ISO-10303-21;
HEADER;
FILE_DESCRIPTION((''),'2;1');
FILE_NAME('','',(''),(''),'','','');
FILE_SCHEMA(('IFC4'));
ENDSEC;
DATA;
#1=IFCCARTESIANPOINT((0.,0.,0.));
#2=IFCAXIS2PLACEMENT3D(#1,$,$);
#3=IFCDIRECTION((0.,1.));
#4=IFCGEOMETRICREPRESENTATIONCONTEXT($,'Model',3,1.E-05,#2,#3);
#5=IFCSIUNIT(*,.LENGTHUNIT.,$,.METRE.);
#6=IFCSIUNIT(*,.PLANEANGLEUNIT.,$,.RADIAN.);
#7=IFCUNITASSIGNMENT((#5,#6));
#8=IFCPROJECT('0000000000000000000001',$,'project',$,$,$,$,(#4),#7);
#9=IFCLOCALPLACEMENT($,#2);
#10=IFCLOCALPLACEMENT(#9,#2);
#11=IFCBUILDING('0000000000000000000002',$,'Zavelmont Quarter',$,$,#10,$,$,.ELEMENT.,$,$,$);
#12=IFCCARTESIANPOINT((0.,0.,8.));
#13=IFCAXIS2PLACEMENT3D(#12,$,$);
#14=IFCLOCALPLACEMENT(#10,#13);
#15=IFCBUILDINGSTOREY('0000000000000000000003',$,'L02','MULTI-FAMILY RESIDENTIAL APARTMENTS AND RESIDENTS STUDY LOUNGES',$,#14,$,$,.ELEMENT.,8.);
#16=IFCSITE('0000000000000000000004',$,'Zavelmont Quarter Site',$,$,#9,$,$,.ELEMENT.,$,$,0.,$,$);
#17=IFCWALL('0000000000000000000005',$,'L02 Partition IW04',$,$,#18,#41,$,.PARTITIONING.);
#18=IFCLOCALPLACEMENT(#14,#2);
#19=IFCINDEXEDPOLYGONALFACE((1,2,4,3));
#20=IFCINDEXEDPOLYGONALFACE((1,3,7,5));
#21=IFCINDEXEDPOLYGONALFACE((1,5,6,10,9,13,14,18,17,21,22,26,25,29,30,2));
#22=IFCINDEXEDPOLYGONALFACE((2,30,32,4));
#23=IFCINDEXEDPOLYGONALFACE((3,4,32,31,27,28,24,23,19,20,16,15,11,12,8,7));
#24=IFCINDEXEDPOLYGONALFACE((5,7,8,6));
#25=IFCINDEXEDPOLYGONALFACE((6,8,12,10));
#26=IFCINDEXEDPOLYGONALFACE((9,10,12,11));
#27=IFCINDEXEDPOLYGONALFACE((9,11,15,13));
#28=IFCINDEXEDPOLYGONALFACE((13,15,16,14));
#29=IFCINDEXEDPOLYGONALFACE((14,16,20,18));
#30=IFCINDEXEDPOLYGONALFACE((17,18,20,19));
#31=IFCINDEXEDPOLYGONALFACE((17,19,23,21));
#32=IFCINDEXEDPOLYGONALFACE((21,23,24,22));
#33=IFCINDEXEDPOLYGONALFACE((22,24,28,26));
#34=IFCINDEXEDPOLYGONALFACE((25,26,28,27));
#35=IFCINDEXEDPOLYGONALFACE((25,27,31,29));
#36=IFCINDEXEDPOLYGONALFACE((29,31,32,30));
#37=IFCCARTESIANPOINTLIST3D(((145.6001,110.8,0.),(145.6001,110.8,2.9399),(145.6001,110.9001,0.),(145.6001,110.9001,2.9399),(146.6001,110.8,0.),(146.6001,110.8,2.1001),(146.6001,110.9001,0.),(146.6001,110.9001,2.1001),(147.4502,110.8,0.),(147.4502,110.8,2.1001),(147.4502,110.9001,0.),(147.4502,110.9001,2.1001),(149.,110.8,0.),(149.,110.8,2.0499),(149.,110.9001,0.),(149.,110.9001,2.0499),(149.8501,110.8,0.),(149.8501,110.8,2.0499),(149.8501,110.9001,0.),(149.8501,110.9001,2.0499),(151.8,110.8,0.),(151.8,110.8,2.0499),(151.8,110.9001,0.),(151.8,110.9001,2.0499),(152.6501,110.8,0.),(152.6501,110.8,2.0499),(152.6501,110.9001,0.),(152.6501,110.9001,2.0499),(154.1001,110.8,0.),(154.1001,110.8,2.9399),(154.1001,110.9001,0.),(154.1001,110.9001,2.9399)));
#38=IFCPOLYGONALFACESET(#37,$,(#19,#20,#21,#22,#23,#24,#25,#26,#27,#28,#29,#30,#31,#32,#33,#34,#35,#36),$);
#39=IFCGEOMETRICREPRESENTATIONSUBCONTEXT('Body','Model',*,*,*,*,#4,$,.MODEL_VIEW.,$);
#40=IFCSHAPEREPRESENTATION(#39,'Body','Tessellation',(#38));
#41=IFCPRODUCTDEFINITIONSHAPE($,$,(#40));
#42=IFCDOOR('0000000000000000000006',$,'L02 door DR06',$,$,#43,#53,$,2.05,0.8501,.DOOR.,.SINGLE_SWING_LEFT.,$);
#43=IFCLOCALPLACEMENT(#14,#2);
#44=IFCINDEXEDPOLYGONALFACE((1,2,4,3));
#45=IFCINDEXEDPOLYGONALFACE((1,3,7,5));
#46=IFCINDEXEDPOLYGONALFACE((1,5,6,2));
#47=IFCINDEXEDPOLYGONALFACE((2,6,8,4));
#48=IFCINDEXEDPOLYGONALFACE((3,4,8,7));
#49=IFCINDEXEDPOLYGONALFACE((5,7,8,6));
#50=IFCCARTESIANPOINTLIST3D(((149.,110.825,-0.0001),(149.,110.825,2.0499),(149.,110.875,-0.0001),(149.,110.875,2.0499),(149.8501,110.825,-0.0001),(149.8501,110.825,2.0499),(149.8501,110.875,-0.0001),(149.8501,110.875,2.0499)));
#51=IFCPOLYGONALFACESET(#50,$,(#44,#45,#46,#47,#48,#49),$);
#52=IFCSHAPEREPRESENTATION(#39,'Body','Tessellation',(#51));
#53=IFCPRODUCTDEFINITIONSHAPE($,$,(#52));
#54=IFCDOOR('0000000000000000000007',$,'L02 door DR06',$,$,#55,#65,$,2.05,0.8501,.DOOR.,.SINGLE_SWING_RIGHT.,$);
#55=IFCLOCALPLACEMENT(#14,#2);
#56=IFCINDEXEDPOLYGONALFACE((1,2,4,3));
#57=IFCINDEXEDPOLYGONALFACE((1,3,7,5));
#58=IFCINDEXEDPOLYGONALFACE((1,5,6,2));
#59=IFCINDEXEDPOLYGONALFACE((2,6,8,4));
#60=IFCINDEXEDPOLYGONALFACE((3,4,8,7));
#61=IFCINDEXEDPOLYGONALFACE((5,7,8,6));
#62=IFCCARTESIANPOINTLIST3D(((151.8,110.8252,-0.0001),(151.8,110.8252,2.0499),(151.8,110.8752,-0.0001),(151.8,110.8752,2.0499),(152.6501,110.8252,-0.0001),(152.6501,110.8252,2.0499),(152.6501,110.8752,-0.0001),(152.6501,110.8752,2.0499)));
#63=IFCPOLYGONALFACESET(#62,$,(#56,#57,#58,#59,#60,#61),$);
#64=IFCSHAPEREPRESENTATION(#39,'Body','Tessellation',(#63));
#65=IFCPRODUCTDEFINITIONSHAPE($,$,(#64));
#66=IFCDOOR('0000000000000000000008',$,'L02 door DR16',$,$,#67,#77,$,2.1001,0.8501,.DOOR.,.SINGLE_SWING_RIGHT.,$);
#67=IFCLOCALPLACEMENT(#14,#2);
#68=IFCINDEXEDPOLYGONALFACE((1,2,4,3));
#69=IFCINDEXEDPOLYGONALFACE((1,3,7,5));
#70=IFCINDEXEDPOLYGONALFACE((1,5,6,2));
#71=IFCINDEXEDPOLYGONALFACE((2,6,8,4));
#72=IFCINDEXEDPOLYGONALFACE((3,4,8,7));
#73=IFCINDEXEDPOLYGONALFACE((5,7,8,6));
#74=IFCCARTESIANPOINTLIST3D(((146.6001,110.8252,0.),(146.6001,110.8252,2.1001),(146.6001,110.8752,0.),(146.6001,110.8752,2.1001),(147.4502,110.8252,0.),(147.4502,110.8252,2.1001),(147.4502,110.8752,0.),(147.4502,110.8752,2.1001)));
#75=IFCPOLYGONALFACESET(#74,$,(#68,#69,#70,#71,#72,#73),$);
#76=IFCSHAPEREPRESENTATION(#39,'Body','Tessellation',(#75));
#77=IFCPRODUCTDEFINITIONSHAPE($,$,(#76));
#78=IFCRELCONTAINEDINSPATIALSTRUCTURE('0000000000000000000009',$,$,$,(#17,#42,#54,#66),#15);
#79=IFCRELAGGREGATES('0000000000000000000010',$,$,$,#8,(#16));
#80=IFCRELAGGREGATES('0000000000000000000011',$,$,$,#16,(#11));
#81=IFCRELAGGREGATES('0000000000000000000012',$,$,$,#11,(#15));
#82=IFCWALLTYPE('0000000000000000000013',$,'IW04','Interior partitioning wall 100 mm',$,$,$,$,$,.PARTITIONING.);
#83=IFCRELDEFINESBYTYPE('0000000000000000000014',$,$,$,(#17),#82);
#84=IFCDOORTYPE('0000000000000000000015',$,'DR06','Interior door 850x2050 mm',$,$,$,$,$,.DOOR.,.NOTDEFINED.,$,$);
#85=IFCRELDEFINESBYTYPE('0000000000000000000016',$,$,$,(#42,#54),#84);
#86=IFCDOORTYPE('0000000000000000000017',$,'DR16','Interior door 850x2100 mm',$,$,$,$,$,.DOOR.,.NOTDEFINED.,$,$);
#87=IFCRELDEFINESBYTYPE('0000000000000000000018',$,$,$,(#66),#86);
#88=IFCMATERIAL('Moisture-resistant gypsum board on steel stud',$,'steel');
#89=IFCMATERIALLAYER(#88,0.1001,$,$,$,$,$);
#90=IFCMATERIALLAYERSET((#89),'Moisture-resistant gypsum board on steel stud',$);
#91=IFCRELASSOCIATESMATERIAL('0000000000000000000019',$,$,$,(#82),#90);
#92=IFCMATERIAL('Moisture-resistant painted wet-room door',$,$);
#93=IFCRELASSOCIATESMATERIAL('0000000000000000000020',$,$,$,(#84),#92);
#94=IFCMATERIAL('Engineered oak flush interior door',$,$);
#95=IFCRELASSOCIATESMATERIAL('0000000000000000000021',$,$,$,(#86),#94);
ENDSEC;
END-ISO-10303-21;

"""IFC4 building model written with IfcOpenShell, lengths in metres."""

from ifc_helpers import new_model, si_unit, direction, frame, frame_2d, origin, origin_with_axes, place, context, subcontext, project, spatial, rectangle, extrude, material, layer, layer_set, type_object, element, fill, save


model = new_model("IFC4")

# Units and contexts
model_context = context("Model", 3, precision=1e-05, world=origin(), true_north=direction((0.0, 1.0)))
body_context = subcontext(model_context, "Body", "Model", "MODEL_VIEW")
ifc_project = project(units=[si_unit("LENGTHUNIT", "METRE"), si_unit("PLANEANGLEUNIT", "RADIAN")], contexts=[model_context])

# Site, building, storey
site_placement = place(None, origin())
site = spatial("IfcSite", under=ifc_project, at=site_placement, Name="Zavelmont Quarter Site", CompositionType="ELEMENT", RefElevation=0.0)
building_placement = place(site_placement, origin())
building = spatial("IfcBuilding", under=site, at=building_placement, Name="Zavelmont Quarter", CompositionType="ELEMENT")
storey_placement = place(building_placement, frame((0.0, 0.0, 8.0)))
storey = spatial("IfcBuildingStorey", under=building, at=storey_placement, Name="L02", Description="MULTI-FAMILY RESIDENTIAL APARTMENTS AND RESIDENTS STUDY LOUNGES", CompositionType="ELEMENT", Elevation=8.0)

# Shared definitions
ifc_material_1 = material(Name="Engineered oak flush interior door")

# Shared definitions
ifc_material_2 = material(Name="Moisture-resistant gypsum board on steel stud", Category="steel")
ifc_layer_1 = layer(ifc_material_2, 0.1001)
ifc_layer_set_1 = layer_set([ifc_layer_1], Name="Moisture-resistant gypsum board on steel stud")
wall_type_1 = type_object("IfcWallType", Name="IW04", Description="Interior partitioning wall 100 mm", PredefinedType="PARTITIONING", material=ifc_layer_set_1)

# Wall, openings, doors
wall_1_placement = place(storey_placement, frame((145.6001, 110.8501, 0.0), z_axis=(0.0, 0.0, 1.0), x_axis=(1.0, 0.0, 0.0)))
wall_1 = element("IfcWall", 1, at=wall_1_placement, inside=storey, type_object=wall_type_1, Name="L02 Partition IW04", PredefinedType="PARTITIONING", context=body_context, shape_type="SweptSolid", body=[
    extrude(rectangle(XDim=8.5, YDim=0.1001, at=frame_2d((4.25, 0.0))), origin(), (0.0, 0.0, 1.0), 2.9399),
])
opening_1_placement = place(wall_1_placement, frame((1.0, 0.0, 0.0)))
opening_1 = element("IfcOpeningElement", 2, at=opening_1_placement, cuts=wall_1, PredefinedType="OPENING", context=body_context, shape_type="SweptSolid", body=[
    extrude(rectangle(XDim=0.8501, YDim=2.1001, at=frame_2d((0.425, 1.05))), frame((0.0, 0.062, 0.0), z_axis=(0.0, -1.0, 0.0), x_axis=(1.0, 0.0, 0.0)), (0.0, 0.0, 1.0), 0.124),
])
opening_2_placement = place(wall_1_placement, frame((3.3999, 0.0, 0.0)))
opening_2 = element("IfcOpeningElement", 3, at=opening_2_placement, cuts=wall_1, PredefinedType="OPENING", context=body_context, shape_type="SweptSolid", body=[
    extrude(rectangle(XDim=0.8501, YDim=2.05, at=frame_2d((0.425, 1.0249))), frame((0.0, 0.062, 0.0), z_axis=(0.0, -1.0, 0.0), x_axis=(1.0, 0.0, 0.0)), (0.0, 0.0, 1.0), 0.124),
])
opening_3_placement = place(wall_1_placement, frame((6.2, 0.0, 0.0)))
opening_3 = element("IfcOpeningElement", 4, at=opening_3_placement, cuts=wall_1, PredefinedType="OPENING", context=body_context, shape_type="SweptSolid", body=[
    extrude(rectangle(XDim=0.8501, YDim=2.05, at=frame_2d((0.425, 1.0249))), frame((0.0, 0.062, 0.0), z_axis=(0.0, -1.0, 0.0), x_axis=(1.0, 0.0, 0.0)), (0.0, 0.0, 1.0), 0.124),
])
ifc_material_3 = material(Name="Moisture-resistant painted wet-room door")
door_type_1 = type_object("IfcDoorType", Name="DR06", Description="Interior door 850x2050 mm", OperationType="NOTDEFINED", PredefinedType="DOOR", material=ifc_material_3)
door_1_placement = place(opening_2_placement, origin_with_axes())
door_1 = element("IfcDoor", 5, at=door_1_placement, inside=storey, type_object=door_type_1, Name="L02 door DR06", OperationType="SINGLE_SWING_LEFT", OverallHeight=2.05, OverallWidth=0.8501, PredefinedType="DOOR", context=body_context, shape_type="SweptSolid", body=[
    extrude(rectangle(XDim=0.8501, YDim=2.05, at=frame_2d((0.425, 1.0249))), frame((0.0, 0.0249, 0.0), z_axis=(0.0, -1.0, 0.0), x_axis=(1.0, 0.0, 0.0)), (0.0, 0.0, 1.0), 0.05),
])
fill(opening_2, door_1)
door_2_placement = place(opening_3_placement, frame((0.8501, 0.0, 0.0), z_axis=(0.0, 0.0, 1.0), x_axis=(-1.0, 0.0, 0.0)))
door_2 = element("IfcDoor", 6, at=door_2_placement, inside=storey, type_object=door_type_1, Name="L02 door DR06", OperationType="SINGLE_SWING_RIGHT", OverallHeight=2.05, OverallWidth=0.8501, PredefinedType="DOOR", context=body_context, shape_type="SweptSolid", body=[
    extrude(rectangle(XDim=0.8501, YDim=2.05, at=frame_2d((0.425, 1.0249))), frame((0.0, 0.0249, 0.0), z_axis=(0.0, -1.0, 0.0), x_axis=(1.0, 0.0, 0.0)), (0.0, 0.0, 1.0), 0.05),
])
fill(opening_3, door_2)
door_type_2 = type_object("IfcDoorType", Name="DR16", Description="Interior door 850x2100 mm", OperationType="NOTDEFINED", PredefinedType="DOOR", material=ifc_material_1)
door_3_placement = place(opening_1_placement, frame((0.8501, 0.0, 0.0), z_axis=(0.0, 0.0, 1.0), x_axis=(-1.0, 0.0, 0.0)))
door_3 = element("IfcDoor", 7, at=door_3_placement, inside=storey, type_object=door_type_2, Name="L02 door DR16", OperationType="SINGLE_SWING_RIGHT", OverallHeight=2.1001, OverallWidth=0.8501, PredefinedType="DOOR", context=body_context, shape_type="SweptSolid", body=[
    extrude(rectangle(XDim=0.8501, YDim=2.1001, at=frame_2d((0.425, 1.05))), frame((0.0, 0.0249, 0.0), z_axis=(0.0, -1.0, 0.0), x_axis=(1.0, 0.0, 0.0)), (0.0, 0.0, 1.0), 0.05),
])
fill(opening_1, door_3)

save(model, "model.ifc")
